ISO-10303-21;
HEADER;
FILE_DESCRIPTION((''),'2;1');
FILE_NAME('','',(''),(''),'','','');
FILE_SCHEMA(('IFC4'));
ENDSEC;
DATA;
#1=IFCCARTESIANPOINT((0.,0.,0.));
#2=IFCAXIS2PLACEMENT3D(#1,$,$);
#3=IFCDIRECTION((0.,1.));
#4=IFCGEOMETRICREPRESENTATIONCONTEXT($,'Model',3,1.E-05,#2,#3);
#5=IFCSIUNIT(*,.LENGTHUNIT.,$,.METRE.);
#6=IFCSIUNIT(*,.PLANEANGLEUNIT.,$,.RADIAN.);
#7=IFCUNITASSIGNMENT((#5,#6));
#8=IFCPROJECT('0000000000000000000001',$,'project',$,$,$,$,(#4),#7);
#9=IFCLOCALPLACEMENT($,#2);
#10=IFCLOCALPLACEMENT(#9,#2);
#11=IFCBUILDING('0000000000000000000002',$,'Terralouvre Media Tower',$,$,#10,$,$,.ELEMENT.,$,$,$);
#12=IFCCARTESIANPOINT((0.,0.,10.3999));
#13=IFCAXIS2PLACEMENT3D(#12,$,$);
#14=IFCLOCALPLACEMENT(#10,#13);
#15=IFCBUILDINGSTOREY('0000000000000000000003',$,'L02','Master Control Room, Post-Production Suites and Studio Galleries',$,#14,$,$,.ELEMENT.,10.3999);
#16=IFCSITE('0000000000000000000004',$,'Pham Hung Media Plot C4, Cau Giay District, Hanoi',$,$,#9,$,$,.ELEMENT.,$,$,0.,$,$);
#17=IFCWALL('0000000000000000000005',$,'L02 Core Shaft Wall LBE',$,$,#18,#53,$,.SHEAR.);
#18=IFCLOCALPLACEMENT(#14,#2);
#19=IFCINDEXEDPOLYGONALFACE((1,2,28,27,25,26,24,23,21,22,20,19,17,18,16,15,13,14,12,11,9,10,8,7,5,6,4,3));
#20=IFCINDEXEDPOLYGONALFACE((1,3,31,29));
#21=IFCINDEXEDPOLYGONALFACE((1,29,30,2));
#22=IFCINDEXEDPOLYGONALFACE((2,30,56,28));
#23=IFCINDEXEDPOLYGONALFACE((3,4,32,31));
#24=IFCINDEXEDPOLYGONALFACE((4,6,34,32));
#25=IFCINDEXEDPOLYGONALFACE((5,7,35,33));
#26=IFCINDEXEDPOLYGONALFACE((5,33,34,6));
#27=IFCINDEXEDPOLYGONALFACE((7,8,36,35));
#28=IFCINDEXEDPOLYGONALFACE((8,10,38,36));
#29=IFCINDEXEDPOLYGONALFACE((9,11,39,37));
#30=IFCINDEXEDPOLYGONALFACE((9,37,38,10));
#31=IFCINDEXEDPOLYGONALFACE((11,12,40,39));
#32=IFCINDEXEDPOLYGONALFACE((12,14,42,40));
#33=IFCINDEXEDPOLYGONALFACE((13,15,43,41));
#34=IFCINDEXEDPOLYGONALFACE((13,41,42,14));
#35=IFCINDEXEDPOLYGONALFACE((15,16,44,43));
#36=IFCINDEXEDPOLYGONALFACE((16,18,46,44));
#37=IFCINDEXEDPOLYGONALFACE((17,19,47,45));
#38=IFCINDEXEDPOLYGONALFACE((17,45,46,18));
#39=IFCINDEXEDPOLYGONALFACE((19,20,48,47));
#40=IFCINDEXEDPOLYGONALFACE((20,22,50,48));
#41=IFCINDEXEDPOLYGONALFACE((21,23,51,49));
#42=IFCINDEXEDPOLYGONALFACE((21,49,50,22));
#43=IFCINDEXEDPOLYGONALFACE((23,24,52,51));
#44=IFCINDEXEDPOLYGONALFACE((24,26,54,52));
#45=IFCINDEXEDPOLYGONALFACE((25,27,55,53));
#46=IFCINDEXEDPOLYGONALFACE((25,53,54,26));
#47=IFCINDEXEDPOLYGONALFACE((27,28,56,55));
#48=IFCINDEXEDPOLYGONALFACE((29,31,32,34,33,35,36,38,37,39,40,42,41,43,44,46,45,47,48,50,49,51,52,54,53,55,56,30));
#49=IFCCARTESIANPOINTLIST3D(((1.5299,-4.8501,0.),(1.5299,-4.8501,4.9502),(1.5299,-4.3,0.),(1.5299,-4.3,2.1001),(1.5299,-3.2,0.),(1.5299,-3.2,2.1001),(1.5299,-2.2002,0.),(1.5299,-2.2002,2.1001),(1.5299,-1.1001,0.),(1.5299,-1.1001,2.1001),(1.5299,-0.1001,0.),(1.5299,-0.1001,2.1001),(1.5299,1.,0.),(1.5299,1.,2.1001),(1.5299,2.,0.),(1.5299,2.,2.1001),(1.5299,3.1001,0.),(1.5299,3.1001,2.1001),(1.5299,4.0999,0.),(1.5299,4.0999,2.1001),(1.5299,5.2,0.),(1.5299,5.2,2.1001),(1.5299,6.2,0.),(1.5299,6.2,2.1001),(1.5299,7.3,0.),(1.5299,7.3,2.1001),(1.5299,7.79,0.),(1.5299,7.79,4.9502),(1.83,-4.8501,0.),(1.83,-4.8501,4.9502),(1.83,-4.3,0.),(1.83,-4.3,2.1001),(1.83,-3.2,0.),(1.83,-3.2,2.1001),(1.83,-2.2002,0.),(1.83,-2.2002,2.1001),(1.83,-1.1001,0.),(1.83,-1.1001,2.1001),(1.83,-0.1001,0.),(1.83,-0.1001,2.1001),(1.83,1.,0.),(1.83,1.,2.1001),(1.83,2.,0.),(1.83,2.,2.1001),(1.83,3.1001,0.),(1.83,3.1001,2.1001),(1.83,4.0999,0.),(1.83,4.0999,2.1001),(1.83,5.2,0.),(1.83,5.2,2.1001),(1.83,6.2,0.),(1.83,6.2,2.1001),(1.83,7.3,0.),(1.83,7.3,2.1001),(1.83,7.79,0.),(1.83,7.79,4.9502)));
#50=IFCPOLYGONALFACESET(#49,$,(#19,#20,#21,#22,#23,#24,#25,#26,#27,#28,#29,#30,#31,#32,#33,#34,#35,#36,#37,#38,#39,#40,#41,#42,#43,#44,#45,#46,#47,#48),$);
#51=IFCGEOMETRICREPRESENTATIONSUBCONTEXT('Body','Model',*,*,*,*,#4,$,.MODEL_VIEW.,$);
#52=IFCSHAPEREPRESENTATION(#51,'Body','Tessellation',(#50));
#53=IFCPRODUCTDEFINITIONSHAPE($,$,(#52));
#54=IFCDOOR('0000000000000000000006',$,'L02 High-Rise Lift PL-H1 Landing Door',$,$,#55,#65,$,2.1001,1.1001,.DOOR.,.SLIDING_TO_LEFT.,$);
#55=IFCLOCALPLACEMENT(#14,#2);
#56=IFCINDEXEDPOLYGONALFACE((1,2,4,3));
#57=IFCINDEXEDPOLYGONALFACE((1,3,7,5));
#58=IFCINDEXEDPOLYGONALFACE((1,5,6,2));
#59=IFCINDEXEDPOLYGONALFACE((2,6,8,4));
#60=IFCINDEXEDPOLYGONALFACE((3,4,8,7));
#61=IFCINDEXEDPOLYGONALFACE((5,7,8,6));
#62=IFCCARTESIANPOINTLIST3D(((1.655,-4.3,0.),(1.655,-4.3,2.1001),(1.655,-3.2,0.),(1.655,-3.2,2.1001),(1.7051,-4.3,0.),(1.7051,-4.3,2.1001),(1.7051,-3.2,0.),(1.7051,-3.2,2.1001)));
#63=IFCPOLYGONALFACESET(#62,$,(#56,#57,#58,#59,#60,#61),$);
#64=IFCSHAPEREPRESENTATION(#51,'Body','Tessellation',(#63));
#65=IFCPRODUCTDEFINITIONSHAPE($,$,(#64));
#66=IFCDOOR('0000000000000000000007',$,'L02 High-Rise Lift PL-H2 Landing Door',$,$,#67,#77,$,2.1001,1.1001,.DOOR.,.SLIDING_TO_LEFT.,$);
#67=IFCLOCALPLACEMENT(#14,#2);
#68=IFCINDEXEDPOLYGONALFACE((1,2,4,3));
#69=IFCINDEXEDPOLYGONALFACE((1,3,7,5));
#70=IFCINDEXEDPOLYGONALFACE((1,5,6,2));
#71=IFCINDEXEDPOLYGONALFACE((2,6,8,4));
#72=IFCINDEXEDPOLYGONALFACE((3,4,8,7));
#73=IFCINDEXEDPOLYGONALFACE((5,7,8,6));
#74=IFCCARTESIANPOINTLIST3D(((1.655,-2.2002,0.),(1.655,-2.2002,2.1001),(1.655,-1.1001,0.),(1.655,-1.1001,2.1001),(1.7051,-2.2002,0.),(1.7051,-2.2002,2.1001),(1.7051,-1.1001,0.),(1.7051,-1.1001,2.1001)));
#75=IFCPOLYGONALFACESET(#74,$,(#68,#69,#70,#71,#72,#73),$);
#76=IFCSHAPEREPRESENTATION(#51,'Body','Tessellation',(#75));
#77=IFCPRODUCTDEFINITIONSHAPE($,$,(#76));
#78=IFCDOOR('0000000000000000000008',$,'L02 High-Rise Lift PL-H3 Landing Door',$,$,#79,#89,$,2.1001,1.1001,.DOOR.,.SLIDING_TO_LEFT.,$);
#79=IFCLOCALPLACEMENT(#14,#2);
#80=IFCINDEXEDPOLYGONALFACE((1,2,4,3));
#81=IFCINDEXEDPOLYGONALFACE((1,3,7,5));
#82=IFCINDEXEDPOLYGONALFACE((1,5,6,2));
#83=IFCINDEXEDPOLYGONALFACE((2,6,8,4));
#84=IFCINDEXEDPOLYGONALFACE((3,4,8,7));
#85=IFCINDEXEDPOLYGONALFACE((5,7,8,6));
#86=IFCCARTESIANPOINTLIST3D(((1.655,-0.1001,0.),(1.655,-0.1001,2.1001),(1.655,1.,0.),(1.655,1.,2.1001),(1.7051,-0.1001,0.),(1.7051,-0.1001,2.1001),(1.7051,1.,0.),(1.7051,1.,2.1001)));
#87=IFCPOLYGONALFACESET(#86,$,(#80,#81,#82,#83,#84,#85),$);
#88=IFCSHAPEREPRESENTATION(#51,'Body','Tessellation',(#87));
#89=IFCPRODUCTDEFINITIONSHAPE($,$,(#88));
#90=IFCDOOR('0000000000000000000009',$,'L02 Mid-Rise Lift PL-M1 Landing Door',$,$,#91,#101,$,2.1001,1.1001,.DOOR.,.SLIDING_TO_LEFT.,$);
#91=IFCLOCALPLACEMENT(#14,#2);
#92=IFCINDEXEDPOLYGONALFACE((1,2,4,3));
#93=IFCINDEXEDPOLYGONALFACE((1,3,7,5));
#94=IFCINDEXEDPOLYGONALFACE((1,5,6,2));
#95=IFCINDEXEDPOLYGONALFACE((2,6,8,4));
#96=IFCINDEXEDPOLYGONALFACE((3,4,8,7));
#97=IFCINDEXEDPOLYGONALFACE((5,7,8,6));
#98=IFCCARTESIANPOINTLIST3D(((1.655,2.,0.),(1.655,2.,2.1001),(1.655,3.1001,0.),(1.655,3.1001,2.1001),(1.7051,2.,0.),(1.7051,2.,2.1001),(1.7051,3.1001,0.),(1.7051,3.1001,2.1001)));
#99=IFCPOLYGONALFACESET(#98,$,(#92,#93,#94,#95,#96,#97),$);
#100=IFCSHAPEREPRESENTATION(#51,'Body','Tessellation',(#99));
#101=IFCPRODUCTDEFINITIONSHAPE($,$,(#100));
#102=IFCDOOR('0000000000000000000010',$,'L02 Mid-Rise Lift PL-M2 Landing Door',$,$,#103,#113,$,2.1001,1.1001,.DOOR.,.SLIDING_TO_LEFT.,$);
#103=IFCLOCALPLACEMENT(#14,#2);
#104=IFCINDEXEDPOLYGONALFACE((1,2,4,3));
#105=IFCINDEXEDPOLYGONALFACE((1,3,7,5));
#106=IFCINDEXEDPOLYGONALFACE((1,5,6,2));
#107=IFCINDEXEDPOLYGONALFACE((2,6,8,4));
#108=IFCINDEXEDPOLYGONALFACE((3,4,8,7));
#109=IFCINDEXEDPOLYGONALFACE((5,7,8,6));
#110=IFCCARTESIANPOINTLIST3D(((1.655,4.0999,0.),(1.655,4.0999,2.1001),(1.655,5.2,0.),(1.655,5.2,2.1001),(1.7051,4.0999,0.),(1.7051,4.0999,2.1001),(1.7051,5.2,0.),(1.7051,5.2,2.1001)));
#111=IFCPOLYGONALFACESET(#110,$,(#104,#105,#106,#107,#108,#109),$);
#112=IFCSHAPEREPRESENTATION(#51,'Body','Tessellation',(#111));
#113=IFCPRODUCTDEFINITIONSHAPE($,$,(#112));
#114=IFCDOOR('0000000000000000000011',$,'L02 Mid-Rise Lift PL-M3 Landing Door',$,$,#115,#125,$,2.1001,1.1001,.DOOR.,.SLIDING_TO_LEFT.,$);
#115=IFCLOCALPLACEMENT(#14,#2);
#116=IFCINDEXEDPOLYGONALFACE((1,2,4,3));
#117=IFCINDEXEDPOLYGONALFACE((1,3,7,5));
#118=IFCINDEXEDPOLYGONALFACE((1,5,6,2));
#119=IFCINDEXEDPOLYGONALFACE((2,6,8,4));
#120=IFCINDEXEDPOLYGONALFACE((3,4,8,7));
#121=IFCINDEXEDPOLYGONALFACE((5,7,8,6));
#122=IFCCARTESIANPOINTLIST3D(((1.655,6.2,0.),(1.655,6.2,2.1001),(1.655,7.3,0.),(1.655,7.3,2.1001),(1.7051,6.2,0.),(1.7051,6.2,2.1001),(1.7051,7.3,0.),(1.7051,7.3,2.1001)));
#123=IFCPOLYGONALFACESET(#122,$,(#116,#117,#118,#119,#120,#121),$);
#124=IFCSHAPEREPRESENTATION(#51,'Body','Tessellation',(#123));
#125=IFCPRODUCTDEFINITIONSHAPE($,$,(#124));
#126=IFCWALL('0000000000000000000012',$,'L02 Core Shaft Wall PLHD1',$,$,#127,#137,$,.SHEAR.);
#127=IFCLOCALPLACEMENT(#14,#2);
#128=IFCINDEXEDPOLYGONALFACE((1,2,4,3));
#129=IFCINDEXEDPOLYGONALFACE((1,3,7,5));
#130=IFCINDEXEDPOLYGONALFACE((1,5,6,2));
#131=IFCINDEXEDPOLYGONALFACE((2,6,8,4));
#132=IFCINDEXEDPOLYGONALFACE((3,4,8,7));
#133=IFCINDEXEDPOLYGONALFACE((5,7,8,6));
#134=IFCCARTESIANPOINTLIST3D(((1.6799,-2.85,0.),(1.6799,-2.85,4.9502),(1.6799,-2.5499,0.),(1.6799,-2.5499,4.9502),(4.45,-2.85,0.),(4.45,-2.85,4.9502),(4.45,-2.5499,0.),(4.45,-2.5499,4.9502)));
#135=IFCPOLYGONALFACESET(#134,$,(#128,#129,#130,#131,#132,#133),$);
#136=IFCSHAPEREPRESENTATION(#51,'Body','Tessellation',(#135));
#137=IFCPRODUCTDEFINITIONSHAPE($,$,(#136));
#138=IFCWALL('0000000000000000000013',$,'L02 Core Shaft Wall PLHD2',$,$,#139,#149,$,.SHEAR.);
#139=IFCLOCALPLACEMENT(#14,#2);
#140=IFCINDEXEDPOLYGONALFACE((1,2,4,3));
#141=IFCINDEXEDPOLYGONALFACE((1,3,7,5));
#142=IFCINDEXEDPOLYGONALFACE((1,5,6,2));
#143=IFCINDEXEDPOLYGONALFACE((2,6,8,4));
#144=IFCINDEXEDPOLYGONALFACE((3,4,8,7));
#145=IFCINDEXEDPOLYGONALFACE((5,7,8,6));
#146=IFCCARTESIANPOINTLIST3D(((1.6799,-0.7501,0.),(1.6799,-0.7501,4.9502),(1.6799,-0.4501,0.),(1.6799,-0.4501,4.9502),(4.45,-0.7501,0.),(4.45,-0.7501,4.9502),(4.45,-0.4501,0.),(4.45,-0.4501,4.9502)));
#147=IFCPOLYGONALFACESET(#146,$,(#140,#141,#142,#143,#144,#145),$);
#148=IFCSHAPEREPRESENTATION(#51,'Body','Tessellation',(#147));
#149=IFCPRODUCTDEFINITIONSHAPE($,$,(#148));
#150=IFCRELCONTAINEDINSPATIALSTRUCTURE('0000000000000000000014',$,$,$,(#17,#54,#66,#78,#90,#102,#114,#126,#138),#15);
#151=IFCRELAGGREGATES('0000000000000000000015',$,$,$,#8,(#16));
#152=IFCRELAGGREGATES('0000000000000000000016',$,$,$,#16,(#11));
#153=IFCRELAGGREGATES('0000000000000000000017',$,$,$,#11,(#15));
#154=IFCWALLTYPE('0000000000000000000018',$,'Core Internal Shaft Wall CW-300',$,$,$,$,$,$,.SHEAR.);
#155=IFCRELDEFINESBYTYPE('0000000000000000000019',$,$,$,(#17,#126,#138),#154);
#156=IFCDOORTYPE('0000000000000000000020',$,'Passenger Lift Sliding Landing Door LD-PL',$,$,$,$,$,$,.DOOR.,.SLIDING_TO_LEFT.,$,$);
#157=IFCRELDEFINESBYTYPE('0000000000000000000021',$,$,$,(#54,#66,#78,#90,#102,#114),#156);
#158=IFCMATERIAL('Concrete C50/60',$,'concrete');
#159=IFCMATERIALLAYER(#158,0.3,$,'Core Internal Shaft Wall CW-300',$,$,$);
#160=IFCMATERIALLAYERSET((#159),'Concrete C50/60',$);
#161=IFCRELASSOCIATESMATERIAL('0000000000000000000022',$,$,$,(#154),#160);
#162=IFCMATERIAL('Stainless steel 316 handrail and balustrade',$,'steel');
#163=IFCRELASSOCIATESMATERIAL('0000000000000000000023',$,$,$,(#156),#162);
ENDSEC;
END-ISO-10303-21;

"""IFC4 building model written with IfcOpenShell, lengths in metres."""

from ifc_helpers import new_model, si_unit, direction, frame, frame_2d, origin, place, context, subcontext, project, spatial, rectangle, extrude, material, layer, layer_set, type_object, element, fill, save


model = new_model("IFC4")

# Units and contexts
model_context = context("Model", 3, precision=1e-05, world=origin(), true_north=direction((0.0, 1.0)))
body_context = subcontext(model_context, "Body", "Model", "MODEL_VIEW")
ifc_project = project(units=[si_unit("LENGTHUNIT", "METRE"), si_unit("PLANEANGLEUNIT", "RADIAN")], contexts=[model_context])

# Site, building, storey
site_placement = place(None, origin())
site = spatial("IfcSite", under=ifc_project, at=site_placement, Name="Pham Hung Media Plot C4, Cau Giay District, Hanoi", CompositionType="ELEMENT", RefElevation=0.0)
building_placement = place(site_placement, origin())
building = spatial("IfcBuilding", under=site, at=building_placement, Name="Terralouvre Media Tower", CompositionType="ELEMENT")
storey_placement = place(building_placement, frame((0.0, 0.0, 10.3999)))
storey = spatial("IfcBuildingStorey", under=building, at=storey_placement, Name="L02", Description="Master Control Room, Post-Production Suites and Studio Galleries", CompositionType="ELEMENT", Elevation=10.3999)

# Shared definitions
ifc_material_1 = material(Name="Concrete C50/60", Category="concrete")
ifc_layer_1 = layer(ifc_material_1, 0.3, Name="Core Internal Shaft Wall CW-300")
ifc_layer_set_1 = layer_set([ifc_layer_1], Name="Concrete C50/60")
wall_type = type_object("IfcWallType", Name="Core Internal Shaft Wall CW-300", PredefinedType="SHEAR", material=ifc_layer_set_1)

# Wall, openings, doors
wall_1_placement = place(storey_placement, frame((1.6799, -4.8501, 0.0), z_axis=(0.0, 0.0, 1.0), x_axis=(0.0, 1.0, 0.0)))
wall_1 = element("IfcWall", 1, at=wall_1_placement, inside=storey, type_object=wall_type, Name="L02 Core Shaft Wall LBE", PredefinedType="SHEAR", context=body_context, shape_type="SweptSolid", body=[
    extrude(rectangle(XDim=12.6401, YDim=0.3, at=frame_2d((6.3201, 0.0))), origin(), (0.0, 0.0, 1.0), 4.9502),
])
opening_1_placement = place(wall_1_placement, frame((0.55, 0.0, 0.0)))
opening_1 = element("IfcOpeningElement", 2, at=opening_1_placement, cuts=wall_1, PredefinedType="OPENING", context=body_context, shape_type="SweptSolid", body=[
    extrude(rectangle(XDim=1.1001, YDim=2.1001, at=frame_2d((0.55, 1.05))), frame((0.0, 0.1599, 0.0), z_axis=(0.0, -1.0, 0.0), x_axis=(1.0, 0.0, 0.0)), (0.0, 0.0, 1.0), 0.3201),
])
opening_2_placement = place(wall_1_placement, frame((2.6499, 0.0, 0.0)))
opening_2 = element("IfcOpeningElement", 3, at=opening_2_placement, cuts=wall_1, PredefinedType="OPENING", context=body_context, shape_type="SweptSolid", body=[
    extrude(rectangle(XDim=1.1001, YDim=2.1001, at=frame_2d((0.55, 1.05))), frame((0.0, 0.1599, 0.0), z_axis=(0.0, -1.0, 0.0), x_axis=(1.0, 0.0, 0.0)), (0.0, 0.0, 1.0), 0.3201),
])
opening_3_placement = place(wall_1_placement, frame((4.75, 0.0, 0.0)))
opening_3 = element("IfcOpeningElement", 4, at=opening_3_placement, cuts=wall_1, PredefinedType="OPENING", context=body_context, shape_type="SweptSolid", body=[
    extrude(rectangle(XDim=1.1001, YDim=2.1001, at=frame_2d((0.55, 1.05))), frame((0.0, 0.1599, 0.0), z_axis=(0.0, -1.0, 0.0), x_axis=(1.0, 0.0, 0.0)), (0.0, 0.0, 1.0), 0.3201),
])
opening_4_placement = place(wall_1_placement, frame((6.8501, 0.0, 0.0)))
opening_4 = element("IfcOpeningElement", 5, at=opening_4_placement, cuts=wall_1, PredefinedType="OPENING", context=body_context, shape_type="SweptSolid", body=[
    extrude(rectangle(XDim=1.1001, YDim=2.1001, at=frame_2d((0.55, 1.05))), frame((0.0, 0.1599, 0.0), z_axis=(0.0, -1.0, 0.0), x_axis=(1.0, 0.0, 0.0)), (0.0, 0.0, 1.0), 0.3201),
])
opening_5_placement = place(wall_1_placement, frame((8.95, 0.0, 0.0)))
opening_5 = element("IfcOpeningElement", 6, at=opening_5_placement, cuts=wall_1, PredefinedType="OPENING", context=body_context, shape_type="SweptSolid", body=[
    extrude(rectangle(XDim=1.1001, YDim=2.1001, at=frame_2d((0.55, 1.05))), frame((0.0, 0.1599, 0.0), z_axis=(0.0, -1.0, 0.0), x_axis=(1.0, 0.0, 0.0)), (0.0, 0.0, 1.0), 0.3201),
])
opening_6_placement = place(wall_1_placement, frame((11.05, 0.0, 0.0)))
opening_6 = element("IfcOpeningElement", 7, at=opening_6_placement, cuts=wall_1, PredefinedType="OPENING", context=body_context, shape_type="SweptSolid", body=[
    extrude(rectangle(XDim=1.1001, YDim=2.1001, at=frame_2d((0.55, 1.05))), frame((0.0, 0.1599, 0.0), z_axis=(0.0, -1.0, 0.0), x_axis=(1.0, 0.0, 0.0)), (0.0, 0.0, 1.0), 0.3201),
])
ifc_material_2 = material(Name="Stainless steel 316 handrail and balustrade", Category="steel")
door_type_1 = type_object("IfcDoorType", Name="Passenger Lift Sliding Landing Door LD-PL", OperationType="SLIDING_TO_LEFT", PredefinedType="DOOR", material=ifc_material_2)
door_1_placement = place(opening_1_placement, origin())
door_1 = element("IfcDoor", 8, at=door_1_placement, inside=storey, type_object=door_type_1, Name="L02 High-Rise Lift PL-H1 Landing Door", OperationType="SLIDING_TO_LEFT", OverallHeight=2.1001, OverallWidth=1.1001, PredefinedType="DOOR", context=body_context, shape_type="SweptSolid", body=[
    extrude(rectangle(XDim=1.1001, YDim=2.1001, at=frame_2d((0.55, 1.05))), frame((0.0, 0.0249, 0.0), z_axis=(0.0, -1.0, 0.0), x_axis=(1.0, 0.0, 0.0)), (0.0, 0.0, 1.0), 0.05),
])
fill(opening_1, door_1)
door_2_placement = place(opening_2_placement, origin())
door_2 = element("IfcDoor", 9, at=door_2_placement, inside=storey, type_object=door_type_1, Name="L02 High-Rise Lift PL-H2 Landing Door", OperationType="SLIDING_TO_LEFT", OverallHeight=2.1001, OverallWidth=1.1001, PredefinedType="DOOR", context=body_context, shape_type="SweptSolid", body=[
    extrude(rectangle(XDim=1.1001, YDim=2.1001, at=frame_2d((0.55, 1.05))), frame((0.0, 0.0249, 0.0), z_axis=(0.0, -1.0, 0.0), x_axis=(1.0, 0.0, 0.0)), (0.0, 0.0, 1.0), 0.05),
])
fill(opening_2, door_2)
door_3_placement = place(opening_3_placement, origin())
door_3 = element("IfcDoor", 10, at=door_3_placement, inside=storey, type_object=door_type_1, Name="L02 High-Rise Lift PL-H3 Landing Door", OperationType="SLIDING_TO_LEFT", OverallHeight=2.1001, OverallWidth=1.1001, PredefinedType="DOOR", context=body_context, shape_type="SweptSolid", body=[
    extrude(rectangle(XDim=1.1001, YDim=2.1001, at=frame_2d((0.55, 1.05))), frame((0.0, 0.0249, 0.0), z_axis=(0.0, -1.0, 0.0), x_axis=(1.0, 0.0, 0.0)), (0.0, 0.0, 1.0), 0.05),
])
fill(opening_3, door_3)
door_4_placement = place(opening_4_placement, origin())
door_4 = element("IfcDoor", 11, at=door_4_placement, inside=storey, type_object=door_type_1, Name="L02 Mid-Rise Lift PL-M1 Landing Door", OperationType="SLIDING_TO_LEFT", OverallHeight=2.1001, OverallWidth=1.1001, PredefinedType="DOOR", context=body_context, shape_type="SweptSolid", body=[
    extrude(rectangle(XDim=1.1001, YDim=2.1001, at=frame_2d((0.55, 1.05))), frame((0.0, 0.0249, 0.0), z_axis=(0.0, -1.0, 0.0), x_axis=(1.0, 0.0, 0.0)), (0.0, 0.0, 1.0), 0.05),
])
fill(opening_4, door_4)
door_5_placement = place(opening_5_placement, origin())
door_5 = element("IfcDoor", 12, at=door_5_placement, inside=storey, type_object=door_type_1, Name="L02 Mid-Rise Lift PL-M2 Landing Door", OperationType="SLIDING_TO_LEFT", OverallHeight=2.1001, OverallWidth=1.1001, PredefinedType="DOOR", context=body_context, shape_type="SweptSolid", body=[
    extrude(rectangle(XDim=1.1001, YDim=2.1001, at=frame_2d((0.55, 1.05))), frame((0.0, 0.0249, 0.0), z_axis=(0.0, -1.0, 0.0), x_axis=(1.0, 0.0, 0.0)), (0.0, 0.0, 1.0), 0.05),
])
fill(opening_5, door_5)
door_6_placement = place(opening_6_placement, origin())
door_6 = element("IfcDoor", 13, at=door_6_placement, inside=storey, type_object=door_type_1, Name="L02 Mid-Rise Lift PL-M3 Landing Door", OperationType="SLIDING_TO_LEFT", OverallHeight=2.1001, OverallWidth=1.1001, PredefinedType="DOOR", context=body_context, shape_type="SweptSolid", body=[
    extrude(rectangle(XDim=1.1001, YDim=2.1001, at=frame_2d((0.55, 1.05))), frame((0.0, 0.0249, 0.0), z_axis=(0.0, -1.0, 0.0), x_axis=(1.0, 0.0, 0.0)), (0.0, 0.0, 1.0), 0.05),
])
fill(opening_6, door_6)

# Walls
for number, where, z_axis, x_axis, name in (
    (14, (1.6799, -2.7, 0.0), (0.0, 0.0, 1.0), (1.0, 0.0, 0.0), "L02 Core Shaft Wall PLHD1"),
    (15, (1.6799, -0.6001, 0.0), (0.0, 0.0, 1.0), (1.0, 0.0, 0.0), "L02 Core Shaft Wall PLHD2"),
):
    element("IfcWall", number, at=place(storey_placement, frame(where, z_axis=z_axis, x_axis=x_axis)), inside=storey, type_object=wall_type, Name=name, PredefinedType="SHEAR", context=body_context, shape_type="SweptSolid", body=[
        extrude(rectangle(XDim=2.77, YDim=0.3, at=frame_2d((1.385, 0.0))), origin(), (0.0, 0.0, 1.0), 4.9502),
    ])

save(model, "model.ifc")
